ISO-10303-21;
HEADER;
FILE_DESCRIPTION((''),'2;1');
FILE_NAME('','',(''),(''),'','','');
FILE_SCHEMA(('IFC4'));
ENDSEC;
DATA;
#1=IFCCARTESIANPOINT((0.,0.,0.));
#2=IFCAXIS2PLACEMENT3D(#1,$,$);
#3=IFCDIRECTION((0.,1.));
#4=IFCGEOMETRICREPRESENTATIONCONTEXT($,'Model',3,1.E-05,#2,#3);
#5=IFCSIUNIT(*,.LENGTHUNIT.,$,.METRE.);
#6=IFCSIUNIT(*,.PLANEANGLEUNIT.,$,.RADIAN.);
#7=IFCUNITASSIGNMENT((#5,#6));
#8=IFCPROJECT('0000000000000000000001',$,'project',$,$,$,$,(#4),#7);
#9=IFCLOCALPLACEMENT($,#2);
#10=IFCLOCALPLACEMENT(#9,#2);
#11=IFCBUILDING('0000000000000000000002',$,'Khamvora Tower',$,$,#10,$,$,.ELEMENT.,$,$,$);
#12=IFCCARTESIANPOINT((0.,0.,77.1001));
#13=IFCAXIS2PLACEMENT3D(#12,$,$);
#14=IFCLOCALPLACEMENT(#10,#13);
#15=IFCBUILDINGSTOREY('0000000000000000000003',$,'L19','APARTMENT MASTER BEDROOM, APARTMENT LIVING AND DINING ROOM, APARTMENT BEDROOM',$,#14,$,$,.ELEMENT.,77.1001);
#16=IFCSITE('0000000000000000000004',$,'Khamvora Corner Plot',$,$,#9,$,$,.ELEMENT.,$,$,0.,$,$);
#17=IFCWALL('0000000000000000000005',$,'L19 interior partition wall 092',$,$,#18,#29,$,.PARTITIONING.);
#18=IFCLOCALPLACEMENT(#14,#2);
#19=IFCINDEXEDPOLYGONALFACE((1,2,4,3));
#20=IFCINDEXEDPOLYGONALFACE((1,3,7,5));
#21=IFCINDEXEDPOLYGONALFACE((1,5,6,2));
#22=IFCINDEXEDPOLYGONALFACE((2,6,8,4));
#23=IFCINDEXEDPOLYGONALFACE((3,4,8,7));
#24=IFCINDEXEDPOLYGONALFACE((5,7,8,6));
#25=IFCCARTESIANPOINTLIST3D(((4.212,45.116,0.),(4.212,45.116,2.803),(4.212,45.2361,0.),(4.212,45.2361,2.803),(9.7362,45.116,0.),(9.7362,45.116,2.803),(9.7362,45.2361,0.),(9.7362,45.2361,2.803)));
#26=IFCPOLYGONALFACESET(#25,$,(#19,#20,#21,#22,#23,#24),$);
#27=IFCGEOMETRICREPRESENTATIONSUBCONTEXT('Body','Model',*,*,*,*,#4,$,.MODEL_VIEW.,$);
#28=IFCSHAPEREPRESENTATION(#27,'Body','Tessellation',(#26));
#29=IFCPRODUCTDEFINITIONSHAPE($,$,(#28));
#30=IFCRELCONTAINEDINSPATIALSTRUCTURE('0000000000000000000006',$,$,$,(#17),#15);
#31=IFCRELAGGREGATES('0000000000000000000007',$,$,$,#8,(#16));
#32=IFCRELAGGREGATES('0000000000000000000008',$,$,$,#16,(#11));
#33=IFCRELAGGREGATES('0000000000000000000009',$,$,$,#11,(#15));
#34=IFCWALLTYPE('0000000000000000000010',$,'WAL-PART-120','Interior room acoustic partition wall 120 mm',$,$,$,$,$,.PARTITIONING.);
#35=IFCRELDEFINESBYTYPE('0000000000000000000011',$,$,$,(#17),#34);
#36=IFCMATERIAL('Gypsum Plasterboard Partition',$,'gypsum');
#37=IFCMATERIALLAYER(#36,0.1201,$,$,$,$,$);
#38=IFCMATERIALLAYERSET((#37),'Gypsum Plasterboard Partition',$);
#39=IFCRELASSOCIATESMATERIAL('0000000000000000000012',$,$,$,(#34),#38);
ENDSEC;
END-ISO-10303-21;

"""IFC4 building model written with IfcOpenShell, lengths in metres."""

from ifc_helpers import new_model, si_unit, direction, frame, frame_2d, origin, place, context, subcontext, project, spatial, rectangle, extrude, material, layer, layer_set, type_object, element, save


model = new_model("IFC4")

# Units and contexts
model_context = context("Model", 3, precision=1e-05, world=origin(), true_north=direction((0.0, 1.0)))
body_context = subcontext(model_context, "Body", "Model", "MODEL_VIEW")
ifc_project = project(units=[si_unit("LENGTHUNIT", "METRE"), si_unit("PLANEANGLEUNIT", "RADIAN")], contexts=[model_context])

# Site, building, storey
site_placement = place(None, origin())
site = spatial("IfcSite", under=ifc_project, at=site_placement, Name="Khamvora Corner Plot", CompositionType="ELEMENT", RefElevation=0.0)
building_placement = place(site_placement, origin())
building = spatial("IfcBuilding", under=site, at=building_placement, Name="Khamvora Tower", CompositionType="ELEMENT")
storey_placement = place(building_placement, frame((0.0, 0.0, 77.1001)))
storey = spatial("IfcBuildingStorey", under=building, at=storey_placement, Name="L19", Description="APARTMENT MASTER BEDROOM, APARTMENT LIVING AND DINING ROOM, APARTMENT BEDROOM", CompositionType="ELEMENT", Elevation=77.1001)

# Wall
ifc_material_1 = material(Name="Gypsum Plasterboard Partition", Category="gypsum")
ifc_layer_1 = layer(ifc_material_1, 0.1201)
ifc_layer_set_1 = layer_set([ifc_layer_1], Name="Gypsum Plasterboard Partition")
wall_type_1 = type_object("IfcWallType", Name="WAL-PART-120", Description="Interior room acoustic partition wall 120 mm", PredefinedType="PARTITIONING", material=ifc_layer_set_1)
wall_1_placement = place(storey_placement, frame((4.2119, 45.176, 0.0), z_axis=(0.0, 0.0, 1.0), x_axis=(1.0, 0.0, 0.0)))
element("IfcWall", 1, at=wall_1_placement, inside=storey, type_object=wall_type_1, Name="L19 interior partition wall 092", PredefinedType="PARTITIONING", context=body_context, shape_type="SweptSolid", body=[
    extrude(rectangle(XDim=5.5242, YDim=0.1201, at=frame_2d((2.7622, 0.0))), origin(), (0.0, 0.0, 1.0), 2.803),
])

save(model, "model.ifc")
